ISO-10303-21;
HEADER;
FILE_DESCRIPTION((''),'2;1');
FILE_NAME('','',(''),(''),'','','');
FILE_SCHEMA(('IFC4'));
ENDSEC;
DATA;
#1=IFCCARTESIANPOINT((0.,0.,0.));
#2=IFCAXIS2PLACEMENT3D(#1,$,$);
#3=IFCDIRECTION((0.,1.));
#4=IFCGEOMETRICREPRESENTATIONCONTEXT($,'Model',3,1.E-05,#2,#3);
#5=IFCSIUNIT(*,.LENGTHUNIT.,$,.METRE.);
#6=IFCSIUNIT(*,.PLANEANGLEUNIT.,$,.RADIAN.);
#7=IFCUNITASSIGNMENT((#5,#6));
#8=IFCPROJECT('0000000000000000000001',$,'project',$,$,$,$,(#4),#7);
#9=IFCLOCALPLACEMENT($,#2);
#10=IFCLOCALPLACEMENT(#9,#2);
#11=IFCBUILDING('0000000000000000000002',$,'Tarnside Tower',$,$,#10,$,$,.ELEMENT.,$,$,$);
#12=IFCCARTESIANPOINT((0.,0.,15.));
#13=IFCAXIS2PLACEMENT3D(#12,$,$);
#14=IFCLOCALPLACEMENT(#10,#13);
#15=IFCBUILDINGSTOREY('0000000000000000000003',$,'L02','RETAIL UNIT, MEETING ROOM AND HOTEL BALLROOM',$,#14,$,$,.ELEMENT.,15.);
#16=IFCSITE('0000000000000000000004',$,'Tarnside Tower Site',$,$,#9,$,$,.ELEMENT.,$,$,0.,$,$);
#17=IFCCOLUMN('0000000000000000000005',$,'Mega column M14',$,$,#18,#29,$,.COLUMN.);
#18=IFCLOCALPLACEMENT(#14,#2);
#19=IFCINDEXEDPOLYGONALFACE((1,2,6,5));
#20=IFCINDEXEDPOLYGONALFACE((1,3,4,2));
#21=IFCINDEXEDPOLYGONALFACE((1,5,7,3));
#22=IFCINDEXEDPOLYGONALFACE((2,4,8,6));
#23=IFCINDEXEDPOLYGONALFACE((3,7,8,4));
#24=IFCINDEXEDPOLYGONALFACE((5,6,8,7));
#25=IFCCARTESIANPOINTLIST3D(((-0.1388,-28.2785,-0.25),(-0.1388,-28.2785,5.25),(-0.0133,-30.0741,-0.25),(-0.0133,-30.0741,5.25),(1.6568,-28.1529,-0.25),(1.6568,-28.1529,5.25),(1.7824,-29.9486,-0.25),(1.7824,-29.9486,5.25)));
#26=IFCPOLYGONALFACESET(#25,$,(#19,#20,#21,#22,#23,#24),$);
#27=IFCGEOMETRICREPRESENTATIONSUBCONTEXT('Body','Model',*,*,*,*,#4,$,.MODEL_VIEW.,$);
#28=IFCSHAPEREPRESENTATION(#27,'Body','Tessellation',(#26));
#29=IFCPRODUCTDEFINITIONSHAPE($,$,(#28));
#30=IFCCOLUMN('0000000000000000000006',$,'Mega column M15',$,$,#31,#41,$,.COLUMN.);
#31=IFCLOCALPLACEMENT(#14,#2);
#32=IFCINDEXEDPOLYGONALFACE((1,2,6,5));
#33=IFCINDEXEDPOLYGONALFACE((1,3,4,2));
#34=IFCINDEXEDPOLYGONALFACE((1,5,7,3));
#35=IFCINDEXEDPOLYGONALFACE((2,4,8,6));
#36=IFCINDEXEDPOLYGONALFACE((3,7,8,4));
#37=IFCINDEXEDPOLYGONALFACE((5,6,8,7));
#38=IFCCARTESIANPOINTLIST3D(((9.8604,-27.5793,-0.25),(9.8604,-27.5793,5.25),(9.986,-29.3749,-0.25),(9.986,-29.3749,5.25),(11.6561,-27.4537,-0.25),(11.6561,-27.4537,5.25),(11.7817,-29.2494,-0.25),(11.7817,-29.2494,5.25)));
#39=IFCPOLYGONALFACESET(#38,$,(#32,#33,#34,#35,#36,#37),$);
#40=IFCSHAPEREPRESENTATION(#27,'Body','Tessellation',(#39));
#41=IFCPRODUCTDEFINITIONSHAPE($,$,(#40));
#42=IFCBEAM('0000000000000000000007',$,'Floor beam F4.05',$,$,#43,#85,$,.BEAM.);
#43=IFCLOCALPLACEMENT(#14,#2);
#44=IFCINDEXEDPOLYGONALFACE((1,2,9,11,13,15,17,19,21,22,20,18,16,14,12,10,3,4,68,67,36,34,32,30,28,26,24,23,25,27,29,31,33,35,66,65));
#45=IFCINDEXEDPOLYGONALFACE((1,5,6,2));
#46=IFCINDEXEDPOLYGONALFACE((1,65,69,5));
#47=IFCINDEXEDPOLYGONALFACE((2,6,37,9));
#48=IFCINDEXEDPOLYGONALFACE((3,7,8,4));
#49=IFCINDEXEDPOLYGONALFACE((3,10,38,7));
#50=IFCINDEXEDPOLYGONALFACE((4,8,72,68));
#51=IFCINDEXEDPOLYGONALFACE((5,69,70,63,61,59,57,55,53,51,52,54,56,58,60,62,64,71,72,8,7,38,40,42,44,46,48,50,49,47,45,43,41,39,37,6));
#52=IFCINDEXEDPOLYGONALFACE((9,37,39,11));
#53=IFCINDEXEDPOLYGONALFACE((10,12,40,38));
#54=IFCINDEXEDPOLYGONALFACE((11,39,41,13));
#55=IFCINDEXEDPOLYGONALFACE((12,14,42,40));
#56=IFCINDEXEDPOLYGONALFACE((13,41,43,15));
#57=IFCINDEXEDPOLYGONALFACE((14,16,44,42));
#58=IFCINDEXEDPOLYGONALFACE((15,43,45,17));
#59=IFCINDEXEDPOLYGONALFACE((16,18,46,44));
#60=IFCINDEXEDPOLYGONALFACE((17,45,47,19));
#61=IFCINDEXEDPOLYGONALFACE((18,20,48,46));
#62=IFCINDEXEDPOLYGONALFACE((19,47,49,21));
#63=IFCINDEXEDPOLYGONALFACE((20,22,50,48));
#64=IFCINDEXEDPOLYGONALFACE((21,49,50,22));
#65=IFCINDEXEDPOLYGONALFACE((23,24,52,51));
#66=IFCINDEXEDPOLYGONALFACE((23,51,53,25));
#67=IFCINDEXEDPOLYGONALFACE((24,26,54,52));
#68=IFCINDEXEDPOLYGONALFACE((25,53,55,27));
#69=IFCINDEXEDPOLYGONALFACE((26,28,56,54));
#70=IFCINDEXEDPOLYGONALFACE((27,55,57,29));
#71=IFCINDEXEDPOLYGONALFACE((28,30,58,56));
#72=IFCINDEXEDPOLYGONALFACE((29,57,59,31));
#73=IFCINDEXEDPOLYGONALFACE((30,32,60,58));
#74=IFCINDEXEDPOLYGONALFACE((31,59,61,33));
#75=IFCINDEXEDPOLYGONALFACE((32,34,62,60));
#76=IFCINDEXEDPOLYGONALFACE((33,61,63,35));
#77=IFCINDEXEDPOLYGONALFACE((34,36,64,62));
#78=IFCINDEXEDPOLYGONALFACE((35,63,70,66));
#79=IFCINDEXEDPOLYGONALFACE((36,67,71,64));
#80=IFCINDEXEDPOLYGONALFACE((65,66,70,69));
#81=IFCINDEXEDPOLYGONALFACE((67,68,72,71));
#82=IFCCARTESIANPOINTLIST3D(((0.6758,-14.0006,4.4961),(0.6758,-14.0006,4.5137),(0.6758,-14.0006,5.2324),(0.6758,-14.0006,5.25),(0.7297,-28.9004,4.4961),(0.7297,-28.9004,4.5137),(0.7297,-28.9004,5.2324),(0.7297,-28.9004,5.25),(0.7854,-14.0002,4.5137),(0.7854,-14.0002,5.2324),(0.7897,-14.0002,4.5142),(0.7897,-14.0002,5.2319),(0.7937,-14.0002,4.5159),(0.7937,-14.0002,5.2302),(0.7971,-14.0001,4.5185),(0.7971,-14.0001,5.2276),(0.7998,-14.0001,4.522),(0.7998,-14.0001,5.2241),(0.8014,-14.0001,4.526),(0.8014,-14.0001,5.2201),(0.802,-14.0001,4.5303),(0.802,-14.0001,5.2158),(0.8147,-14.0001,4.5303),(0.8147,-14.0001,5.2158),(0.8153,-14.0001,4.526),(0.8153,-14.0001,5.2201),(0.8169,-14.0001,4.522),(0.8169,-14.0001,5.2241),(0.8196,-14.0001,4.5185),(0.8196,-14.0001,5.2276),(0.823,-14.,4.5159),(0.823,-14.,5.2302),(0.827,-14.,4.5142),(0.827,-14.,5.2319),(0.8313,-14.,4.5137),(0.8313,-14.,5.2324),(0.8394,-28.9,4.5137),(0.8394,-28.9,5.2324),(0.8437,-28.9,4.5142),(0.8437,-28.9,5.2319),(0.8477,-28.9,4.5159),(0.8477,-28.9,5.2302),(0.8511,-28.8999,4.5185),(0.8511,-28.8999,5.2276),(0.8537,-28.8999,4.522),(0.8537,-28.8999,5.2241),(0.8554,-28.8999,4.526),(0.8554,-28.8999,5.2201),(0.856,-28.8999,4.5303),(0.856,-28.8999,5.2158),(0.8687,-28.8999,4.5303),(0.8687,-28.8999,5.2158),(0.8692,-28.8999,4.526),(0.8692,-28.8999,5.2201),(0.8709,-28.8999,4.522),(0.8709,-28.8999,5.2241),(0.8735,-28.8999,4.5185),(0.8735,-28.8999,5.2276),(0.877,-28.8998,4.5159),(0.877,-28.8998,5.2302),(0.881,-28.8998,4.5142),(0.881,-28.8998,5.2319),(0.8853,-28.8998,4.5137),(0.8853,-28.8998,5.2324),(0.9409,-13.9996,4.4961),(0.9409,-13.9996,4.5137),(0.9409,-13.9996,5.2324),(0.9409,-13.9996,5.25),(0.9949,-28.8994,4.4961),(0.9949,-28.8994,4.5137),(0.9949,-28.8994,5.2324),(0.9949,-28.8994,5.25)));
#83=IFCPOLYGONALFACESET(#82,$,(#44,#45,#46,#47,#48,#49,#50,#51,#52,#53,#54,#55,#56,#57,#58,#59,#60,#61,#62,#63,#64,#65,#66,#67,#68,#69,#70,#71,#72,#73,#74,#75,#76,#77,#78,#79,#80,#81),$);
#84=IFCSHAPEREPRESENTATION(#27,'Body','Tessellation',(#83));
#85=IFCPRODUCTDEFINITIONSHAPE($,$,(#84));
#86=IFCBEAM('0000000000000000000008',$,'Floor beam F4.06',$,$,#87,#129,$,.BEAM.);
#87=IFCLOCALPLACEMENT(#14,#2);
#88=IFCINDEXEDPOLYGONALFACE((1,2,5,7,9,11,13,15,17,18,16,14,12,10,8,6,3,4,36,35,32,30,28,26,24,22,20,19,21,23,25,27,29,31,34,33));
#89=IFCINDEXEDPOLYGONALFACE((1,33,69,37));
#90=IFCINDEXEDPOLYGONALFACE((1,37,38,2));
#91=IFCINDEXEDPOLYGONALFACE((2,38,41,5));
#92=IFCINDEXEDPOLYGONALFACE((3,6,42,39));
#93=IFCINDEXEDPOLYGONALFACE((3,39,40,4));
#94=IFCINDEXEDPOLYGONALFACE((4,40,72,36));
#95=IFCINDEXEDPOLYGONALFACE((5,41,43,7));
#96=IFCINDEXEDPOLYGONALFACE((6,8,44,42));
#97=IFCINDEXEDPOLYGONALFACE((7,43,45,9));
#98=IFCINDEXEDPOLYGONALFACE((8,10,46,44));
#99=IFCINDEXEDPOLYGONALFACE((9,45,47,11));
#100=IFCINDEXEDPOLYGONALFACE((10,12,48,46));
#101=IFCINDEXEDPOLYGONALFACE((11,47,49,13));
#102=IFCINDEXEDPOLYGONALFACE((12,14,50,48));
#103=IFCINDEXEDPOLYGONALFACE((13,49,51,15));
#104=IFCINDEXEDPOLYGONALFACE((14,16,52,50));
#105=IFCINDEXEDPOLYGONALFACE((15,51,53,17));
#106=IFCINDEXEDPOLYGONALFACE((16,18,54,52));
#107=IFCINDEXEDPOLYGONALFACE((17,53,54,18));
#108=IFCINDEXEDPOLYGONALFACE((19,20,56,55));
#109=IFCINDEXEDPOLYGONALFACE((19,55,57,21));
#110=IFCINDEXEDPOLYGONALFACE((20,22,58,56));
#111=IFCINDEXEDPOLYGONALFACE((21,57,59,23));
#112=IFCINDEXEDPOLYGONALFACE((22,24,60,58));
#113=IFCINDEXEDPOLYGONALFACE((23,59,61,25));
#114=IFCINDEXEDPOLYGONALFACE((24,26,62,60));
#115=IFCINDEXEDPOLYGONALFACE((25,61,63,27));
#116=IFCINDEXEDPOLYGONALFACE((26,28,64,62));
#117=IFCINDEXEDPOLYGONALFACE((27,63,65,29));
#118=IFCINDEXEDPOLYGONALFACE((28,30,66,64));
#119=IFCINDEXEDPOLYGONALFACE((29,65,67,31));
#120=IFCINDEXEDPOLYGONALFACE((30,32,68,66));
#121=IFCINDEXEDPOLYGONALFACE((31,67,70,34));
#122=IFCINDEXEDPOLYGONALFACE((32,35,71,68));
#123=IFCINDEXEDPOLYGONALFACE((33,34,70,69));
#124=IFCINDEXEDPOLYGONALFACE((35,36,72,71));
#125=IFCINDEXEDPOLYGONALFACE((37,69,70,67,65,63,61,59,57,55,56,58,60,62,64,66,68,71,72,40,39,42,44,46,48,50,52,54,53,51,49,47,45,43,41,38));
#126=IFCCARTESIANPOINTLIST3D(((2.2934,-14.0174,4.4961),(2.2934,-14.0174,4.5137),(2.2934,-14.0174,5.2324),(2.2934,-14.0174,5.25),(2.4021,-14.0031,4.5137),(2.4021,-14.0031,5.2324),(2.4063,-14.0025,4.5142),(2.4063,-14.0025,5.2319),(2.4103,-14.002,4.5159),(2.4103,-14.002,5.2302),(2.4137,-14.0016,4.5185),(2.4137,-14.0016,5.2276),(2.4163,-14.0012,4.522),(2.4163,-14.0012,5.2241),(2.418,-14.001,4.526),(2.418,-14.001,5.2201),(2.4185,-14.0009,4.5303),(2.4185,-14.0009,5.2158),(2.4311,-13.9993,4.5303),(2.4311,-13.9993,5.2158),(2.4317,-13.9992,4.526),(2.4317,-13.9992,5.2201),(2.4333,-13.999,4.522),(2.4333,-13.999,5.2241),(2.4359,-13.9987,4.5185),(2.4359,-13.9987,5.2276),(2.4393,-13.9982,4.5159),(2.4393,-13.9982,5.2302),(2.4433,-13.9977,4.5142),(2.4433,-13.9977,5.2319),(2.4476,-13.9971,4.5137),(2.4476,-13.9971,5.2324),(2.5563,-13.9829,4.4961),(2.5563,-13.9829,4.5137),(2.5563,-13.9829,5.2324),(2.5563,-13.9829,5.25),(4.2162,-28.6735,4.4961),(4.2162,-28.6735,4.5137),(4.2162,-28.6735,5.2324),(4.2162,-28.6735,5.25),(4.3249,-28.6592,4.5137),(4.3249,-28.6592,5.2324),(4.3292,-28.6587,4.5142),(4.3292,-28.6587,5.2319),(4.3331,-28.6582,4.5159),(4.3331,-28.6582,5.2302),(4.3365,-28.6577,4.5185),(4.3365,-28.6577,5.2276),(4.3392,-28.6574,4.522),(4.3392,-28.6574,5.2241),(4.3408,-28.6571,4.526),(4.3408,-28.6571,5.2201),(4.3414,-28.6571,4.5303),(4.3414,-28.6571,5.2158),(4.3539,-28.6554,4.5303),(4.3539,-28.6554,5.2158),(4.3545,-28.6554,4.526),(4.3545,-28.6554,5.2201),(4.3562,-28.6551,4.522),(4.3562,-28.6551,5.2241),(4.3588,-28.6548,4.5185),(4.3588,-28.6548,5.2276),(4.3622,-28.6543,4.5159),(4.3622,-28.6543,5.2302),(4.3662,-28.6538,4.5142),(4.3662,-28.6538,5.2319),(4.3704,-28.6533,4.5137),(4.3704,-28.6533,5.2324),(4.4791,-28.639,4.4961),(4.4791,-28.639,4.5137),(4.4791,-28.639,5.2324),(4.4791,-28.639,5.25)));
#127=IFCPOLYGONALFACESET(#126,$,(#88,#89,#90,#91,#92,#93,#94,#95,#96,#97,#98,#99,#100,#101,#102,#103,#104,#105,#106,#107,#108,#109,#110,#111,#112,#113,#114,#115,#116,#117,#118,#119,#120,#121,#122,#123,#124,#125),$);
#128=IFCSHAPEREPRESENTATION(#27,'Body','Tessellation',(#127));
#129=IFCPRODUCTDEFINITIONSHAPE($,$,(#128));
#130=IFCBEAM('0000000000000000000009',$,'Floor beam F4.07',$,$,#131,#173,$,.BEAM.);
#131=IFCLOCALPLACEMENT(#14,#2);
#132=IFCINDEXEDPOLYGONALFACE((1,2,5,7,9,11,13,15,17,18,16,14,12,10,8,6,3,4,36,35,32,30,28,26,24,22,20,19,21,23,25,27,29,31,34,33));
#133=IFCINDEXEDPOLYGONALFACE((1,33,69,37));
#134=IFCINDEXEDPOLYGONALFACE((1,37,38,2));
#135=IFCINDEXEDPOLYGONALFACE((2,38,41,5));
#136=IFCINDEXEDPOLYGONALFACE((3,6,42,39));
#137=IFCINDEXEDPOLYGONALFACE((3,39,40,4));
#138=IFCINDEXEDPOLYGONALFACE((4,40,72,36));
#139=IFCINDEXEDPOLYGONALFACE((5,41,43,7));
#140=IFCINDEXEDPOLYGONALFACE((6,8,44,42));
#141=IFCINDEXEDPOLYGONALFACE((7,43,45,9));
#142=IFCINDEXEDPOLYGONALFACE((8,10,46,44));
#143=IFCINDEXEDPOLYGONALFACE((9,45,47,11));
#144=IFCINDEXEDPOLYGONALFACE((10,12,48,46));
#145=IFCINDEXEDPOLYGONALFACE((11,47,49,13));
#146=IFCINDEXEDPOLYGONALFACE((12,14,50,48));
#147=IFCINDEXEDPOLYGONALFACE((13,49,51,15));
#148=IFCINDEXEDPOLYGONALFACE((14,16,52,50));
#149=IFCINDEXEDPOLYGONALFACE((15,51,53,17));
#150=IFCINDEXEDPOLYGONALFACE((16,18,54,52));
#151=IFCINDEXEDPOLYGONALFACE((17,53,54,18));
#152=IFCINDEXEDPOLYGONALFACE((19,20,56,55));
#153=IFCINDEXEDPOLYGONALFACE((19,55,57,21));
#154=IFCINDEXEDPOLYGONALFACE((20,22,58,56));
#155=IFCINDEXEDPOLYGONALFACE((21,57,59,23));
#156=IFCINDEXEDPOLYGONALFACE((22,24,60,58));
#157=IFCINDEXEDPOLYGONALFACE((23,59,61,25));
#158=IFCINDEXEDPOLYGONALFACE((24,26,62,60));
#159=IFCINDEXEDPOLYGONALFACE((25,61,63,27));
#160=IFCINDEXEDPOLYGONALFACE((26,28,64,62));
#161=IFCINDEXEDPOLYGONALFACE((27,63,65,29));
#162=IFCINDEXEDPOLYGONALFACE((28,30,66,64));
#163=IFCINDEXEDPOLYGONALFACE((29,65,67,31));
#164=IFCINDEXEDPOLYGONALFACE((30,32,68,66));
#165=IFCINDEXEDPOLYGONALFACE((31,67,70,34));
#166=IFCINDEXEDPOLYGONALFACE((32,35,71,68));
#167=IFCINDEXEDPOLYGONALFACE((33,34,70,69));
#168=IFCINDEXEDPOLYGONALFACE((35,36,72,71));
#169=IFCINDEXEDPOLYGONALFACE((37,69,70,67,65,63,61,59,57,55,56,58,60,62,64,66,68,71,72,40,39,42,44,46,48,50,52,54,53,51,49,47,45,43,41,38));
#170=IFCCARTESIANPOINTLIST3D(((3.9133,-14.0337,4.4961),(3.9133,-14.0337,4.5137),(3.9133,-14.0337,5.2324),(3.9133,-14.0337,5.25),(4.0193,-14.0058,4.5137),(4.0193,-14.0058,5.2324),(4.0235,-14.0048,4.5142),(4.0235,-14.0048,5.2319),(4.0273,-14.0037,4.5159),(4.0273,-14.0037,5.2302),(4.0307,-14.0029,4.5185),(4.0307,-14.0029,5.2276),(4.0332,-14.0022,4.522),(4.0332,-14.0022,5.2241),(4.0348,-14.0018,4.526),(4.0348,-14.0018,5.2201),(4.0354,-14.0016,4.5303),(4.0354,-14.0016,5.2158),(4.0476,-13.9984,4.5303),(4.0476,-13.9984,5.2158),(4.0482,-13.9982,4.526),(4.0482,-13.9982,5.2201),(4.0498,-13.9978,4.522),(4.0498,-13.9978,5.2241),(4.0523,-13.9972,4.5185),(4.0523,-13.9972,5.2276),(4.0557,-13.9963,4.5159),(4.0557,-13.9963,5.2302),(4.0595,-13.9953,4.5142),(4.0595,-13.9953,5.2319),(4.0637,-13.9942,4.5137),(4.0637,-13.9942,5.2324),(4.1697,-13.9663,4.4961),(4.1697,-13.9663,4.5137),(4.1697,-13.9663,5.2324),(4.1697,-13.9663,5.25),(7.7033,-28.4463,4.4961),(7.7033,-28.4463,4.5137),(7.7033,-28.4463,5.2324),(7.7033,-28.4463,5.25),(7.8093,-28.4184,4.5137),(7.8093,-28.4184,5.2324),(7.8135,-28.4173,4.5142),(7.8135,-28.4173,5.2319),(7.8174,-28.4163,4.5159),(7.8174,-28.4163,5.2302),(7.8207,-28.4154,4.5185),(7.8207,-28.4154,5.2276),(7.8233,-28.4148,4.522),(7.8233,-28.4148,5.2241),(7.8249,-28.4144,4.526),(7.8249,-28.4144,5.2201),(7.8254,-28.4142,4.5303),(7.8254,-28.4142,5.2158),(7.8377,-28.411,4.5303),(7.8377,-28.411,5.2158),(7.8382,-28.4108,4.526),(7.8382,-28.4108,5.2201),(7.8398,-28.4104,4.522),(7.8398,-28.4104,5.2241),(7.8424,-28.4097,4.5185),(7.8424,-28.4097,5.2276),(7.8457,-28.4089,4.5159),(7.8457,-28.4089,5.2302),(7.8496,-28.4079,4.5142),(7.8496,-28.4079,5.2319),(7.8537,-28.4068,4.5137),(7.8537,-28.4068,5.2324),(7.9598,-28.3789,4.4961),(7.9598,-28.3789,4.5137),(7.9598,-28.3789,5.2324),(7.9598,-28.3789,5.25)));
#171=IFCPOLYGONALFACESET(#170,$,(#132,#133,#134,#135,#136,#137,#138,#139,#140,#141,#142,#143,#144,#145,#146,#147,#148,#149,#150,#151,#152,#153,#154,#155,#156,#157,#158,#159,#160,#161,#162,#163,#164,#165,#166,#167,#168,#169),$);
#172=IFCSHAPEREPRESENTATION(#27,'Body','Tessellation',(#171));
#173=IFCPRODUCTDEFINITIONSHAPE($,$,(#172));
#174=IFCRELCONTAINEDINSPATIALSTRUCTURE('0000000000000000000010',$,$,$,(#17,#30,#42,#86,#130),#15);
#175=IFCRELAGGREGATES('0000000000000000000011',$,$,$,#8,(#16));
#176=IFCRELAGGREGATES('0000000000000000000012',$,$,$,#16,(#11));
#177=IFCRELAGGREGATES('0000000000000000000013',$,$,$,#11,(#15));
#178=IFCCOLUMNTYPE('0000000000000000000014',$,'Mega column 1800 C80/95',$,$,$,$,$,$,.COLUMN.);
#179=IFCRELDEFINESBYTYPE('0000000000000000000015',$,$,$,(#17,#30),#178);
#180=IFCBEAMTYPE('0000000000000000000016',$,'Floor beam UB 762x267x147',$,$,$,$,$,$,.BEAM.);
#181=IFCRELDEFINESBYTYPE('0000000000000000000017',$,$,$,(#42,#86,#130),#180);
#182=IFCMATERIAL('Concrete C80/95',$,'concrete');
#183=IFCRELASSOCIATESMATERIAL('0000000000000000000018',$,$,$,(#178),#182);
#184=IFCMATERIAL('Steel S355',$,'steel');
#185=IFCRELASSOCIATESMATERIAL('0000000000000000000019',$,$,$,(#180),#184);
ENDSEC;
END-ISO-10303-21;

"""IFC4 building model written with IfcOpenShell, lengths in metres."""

from ifc_helpers import new_model, si_unit, direction, frame, origin, origin_2d, place, context, subcontext, project, spatial, rectangle, i_section, extrude, material, material_profile, profile_set, type_object, element, save


model = new_model("IFC4")

# Units and contexts
model_context = context("Model", 3, precision=1e-05, world=origin(), true_north=direction((0.0, 1.0)))
body_context = subcontext(model_context, "Body", "Model", "MODEL_VIEW")
ifc_project = project(units=[si_unit("LENGTHUNIT", "METRE"), si_unit("PLANEANGLEUNIT", "RADIAN")], contexts=[model_context])

# Site, building, storey
site_placement = place(None, origin())
site = spatial("IfcSite", under=ifc_project, at=site_placement, Name="Tarnside Tower Site", CompositionType="ELEMENT", RefElevation=0.0)
building_placement = place(site_placement, origin())
building = spatial("IfcBuilding", under=site, at=building_placement, Name="Tarnside Tower", CompositionType="ELEMENT")
storey_placement = place(building_placement, frame((0.0, 0.0, 15.0)))
storey = spatial("IfcBuildingStorey", under=building, at=storey_placement, Name="L02", Description="RETAIL UNIT, MEETING ROOM AND HOTEL BALLROOM", CompositionType="ELEMENT", Elevation=15.0)

# Columns
ifc_material_1 = material(Name="Concrete C80/95", Category="concrete")
ifc_material_profile_1 = material_profile(ifc_material_1, rectangle(XDim=1.8, YDim=1.8, at=origin_2d()), Name="Mega column 1800x1800")
ifc_profile_set_1 = profile_set([ifc_material_profile_1], Name="Concrete C80/95")
column_type = type_object("IfcColumnType", Name="Mega column 1800 C80/95", PredefinedType="COLUMN", material=ifc_profile_set_1)
for number, where, z_axis, x_axis, name in (
    (1, (0.8218, -29.1135, -0.25), (0.0, 0.0, 1.0), (-0.997564, -0.069756, 0.0), "Mega column M14"),
    (2, (10.821, -28.4143, -0.25), (0.0, 0.0, 1.0), (-0.997564, -0.069756, 0.0), "Mega column M15"),
):
    element("IfcColumn", number, at=place(storey_placement, frame(where, z_axis=z_axis, x_axis=x_axis)), inside=storey, type_object=column_type, Name=name, PredefinedType="COLUMN", context=body_context, shape_type="SweptSolid", body=[
        extrude(rectangle(XDim=1.8, YDim=1.8, at=origin_2d()), origin(), (0.0, 0.0, 1.0), 5.5),
    ])

# Beams
ifc_material_2 = material(Name="Steel S355", Category="steel")
ifc_material_profile_2 = material_profile(ifc_material_2, i_section(OverallWidth=0.2651, OverallDepth=0.7539, WebThickness=0.0127, FlangeThickness=0.0176, FilletRadius=0.0166, at=origin_2d()), Name="UB 762x267x147")
ifc_profile_set_2 = profile_set([ifc_material_profile_2], Name="Steel S355")
beam_type_1 = type_object("IfcBeamType", Name="Floor beam UB 762x267x147", PredefinedType="BEAM", material=ifc_profile_set_2)
beam_1_placement = place(storey_placement, frame((0.8623, -28.8999, 4.873), z_axis=(-0.003621, 0.999993, 0.0), x_axis=(-0.999993, -0.003621, 0.0)))
element("IfcBeam", 3, at=beam_1_placement, inside=storey, type_object=beam_type_1, Name="Floor beam F4.05", PredefinedType="BEAM", context=body_context, shape_type="SweptSolid", body=[
    extrude(i_section(OverallWidth=0.2651, OverallDepth=0.7539, WebThickness=0.0127, FlangeThickness=0.0176, FilletRadius=0.0166, at=origin_2d()), origin(), (0.0, 0.0, 1.0), 14.8999),
])
beam_2_placement = place(storey_placement, frame((4.3477, -28.6562, 4.873), z_axis=(-0.130082, 0.991503, 0.0), x_axis=(-0.991503, -0.130082, 0.0)))
element("IfcBeam", 4, at=beam_2_placement, inside=storey, type_object=beam_type_1, Name="Floor beam F4.06", PredefinedType="BEAM", context=body_context, shape_type="SweptSolid", body=[
    extrude(i_section(OverallWidth=0.2651, OverallDepth=0.7539, WebThickness=0.0127, FlangeThickness=0.0176, FilletRadius=0.0166, at=origin_2d()), origin(), (0.0, 0.0, 1.0), 14.7817),
])
beam_3_placement = place(storey_placement, frame((7.8315, -28.4126, 4.873), z_axis=(-0.254321, 0.96712, 0.0), x_axis=(-0.96712, -0.254321, 0.0)))
element("IfcBeam", 5, at=beam_3_placement, inside=storey, type_object=beam_type_1, Name="Floor beam F4.07", PredefinedType="BEAM", context=body_context, shape_type="SweptSolid", body=[
    extrude(i_section(OverallWidth=0.2651, OverallDepth=0.7539, WebThickness=0.0127, FlangeThickness=0.0176, FilletRadius=0.0166, at=origin_2d()), origin(), (0.0, 0.0, 1.0), 14.9026),
])

save(model, "model.ifc")
